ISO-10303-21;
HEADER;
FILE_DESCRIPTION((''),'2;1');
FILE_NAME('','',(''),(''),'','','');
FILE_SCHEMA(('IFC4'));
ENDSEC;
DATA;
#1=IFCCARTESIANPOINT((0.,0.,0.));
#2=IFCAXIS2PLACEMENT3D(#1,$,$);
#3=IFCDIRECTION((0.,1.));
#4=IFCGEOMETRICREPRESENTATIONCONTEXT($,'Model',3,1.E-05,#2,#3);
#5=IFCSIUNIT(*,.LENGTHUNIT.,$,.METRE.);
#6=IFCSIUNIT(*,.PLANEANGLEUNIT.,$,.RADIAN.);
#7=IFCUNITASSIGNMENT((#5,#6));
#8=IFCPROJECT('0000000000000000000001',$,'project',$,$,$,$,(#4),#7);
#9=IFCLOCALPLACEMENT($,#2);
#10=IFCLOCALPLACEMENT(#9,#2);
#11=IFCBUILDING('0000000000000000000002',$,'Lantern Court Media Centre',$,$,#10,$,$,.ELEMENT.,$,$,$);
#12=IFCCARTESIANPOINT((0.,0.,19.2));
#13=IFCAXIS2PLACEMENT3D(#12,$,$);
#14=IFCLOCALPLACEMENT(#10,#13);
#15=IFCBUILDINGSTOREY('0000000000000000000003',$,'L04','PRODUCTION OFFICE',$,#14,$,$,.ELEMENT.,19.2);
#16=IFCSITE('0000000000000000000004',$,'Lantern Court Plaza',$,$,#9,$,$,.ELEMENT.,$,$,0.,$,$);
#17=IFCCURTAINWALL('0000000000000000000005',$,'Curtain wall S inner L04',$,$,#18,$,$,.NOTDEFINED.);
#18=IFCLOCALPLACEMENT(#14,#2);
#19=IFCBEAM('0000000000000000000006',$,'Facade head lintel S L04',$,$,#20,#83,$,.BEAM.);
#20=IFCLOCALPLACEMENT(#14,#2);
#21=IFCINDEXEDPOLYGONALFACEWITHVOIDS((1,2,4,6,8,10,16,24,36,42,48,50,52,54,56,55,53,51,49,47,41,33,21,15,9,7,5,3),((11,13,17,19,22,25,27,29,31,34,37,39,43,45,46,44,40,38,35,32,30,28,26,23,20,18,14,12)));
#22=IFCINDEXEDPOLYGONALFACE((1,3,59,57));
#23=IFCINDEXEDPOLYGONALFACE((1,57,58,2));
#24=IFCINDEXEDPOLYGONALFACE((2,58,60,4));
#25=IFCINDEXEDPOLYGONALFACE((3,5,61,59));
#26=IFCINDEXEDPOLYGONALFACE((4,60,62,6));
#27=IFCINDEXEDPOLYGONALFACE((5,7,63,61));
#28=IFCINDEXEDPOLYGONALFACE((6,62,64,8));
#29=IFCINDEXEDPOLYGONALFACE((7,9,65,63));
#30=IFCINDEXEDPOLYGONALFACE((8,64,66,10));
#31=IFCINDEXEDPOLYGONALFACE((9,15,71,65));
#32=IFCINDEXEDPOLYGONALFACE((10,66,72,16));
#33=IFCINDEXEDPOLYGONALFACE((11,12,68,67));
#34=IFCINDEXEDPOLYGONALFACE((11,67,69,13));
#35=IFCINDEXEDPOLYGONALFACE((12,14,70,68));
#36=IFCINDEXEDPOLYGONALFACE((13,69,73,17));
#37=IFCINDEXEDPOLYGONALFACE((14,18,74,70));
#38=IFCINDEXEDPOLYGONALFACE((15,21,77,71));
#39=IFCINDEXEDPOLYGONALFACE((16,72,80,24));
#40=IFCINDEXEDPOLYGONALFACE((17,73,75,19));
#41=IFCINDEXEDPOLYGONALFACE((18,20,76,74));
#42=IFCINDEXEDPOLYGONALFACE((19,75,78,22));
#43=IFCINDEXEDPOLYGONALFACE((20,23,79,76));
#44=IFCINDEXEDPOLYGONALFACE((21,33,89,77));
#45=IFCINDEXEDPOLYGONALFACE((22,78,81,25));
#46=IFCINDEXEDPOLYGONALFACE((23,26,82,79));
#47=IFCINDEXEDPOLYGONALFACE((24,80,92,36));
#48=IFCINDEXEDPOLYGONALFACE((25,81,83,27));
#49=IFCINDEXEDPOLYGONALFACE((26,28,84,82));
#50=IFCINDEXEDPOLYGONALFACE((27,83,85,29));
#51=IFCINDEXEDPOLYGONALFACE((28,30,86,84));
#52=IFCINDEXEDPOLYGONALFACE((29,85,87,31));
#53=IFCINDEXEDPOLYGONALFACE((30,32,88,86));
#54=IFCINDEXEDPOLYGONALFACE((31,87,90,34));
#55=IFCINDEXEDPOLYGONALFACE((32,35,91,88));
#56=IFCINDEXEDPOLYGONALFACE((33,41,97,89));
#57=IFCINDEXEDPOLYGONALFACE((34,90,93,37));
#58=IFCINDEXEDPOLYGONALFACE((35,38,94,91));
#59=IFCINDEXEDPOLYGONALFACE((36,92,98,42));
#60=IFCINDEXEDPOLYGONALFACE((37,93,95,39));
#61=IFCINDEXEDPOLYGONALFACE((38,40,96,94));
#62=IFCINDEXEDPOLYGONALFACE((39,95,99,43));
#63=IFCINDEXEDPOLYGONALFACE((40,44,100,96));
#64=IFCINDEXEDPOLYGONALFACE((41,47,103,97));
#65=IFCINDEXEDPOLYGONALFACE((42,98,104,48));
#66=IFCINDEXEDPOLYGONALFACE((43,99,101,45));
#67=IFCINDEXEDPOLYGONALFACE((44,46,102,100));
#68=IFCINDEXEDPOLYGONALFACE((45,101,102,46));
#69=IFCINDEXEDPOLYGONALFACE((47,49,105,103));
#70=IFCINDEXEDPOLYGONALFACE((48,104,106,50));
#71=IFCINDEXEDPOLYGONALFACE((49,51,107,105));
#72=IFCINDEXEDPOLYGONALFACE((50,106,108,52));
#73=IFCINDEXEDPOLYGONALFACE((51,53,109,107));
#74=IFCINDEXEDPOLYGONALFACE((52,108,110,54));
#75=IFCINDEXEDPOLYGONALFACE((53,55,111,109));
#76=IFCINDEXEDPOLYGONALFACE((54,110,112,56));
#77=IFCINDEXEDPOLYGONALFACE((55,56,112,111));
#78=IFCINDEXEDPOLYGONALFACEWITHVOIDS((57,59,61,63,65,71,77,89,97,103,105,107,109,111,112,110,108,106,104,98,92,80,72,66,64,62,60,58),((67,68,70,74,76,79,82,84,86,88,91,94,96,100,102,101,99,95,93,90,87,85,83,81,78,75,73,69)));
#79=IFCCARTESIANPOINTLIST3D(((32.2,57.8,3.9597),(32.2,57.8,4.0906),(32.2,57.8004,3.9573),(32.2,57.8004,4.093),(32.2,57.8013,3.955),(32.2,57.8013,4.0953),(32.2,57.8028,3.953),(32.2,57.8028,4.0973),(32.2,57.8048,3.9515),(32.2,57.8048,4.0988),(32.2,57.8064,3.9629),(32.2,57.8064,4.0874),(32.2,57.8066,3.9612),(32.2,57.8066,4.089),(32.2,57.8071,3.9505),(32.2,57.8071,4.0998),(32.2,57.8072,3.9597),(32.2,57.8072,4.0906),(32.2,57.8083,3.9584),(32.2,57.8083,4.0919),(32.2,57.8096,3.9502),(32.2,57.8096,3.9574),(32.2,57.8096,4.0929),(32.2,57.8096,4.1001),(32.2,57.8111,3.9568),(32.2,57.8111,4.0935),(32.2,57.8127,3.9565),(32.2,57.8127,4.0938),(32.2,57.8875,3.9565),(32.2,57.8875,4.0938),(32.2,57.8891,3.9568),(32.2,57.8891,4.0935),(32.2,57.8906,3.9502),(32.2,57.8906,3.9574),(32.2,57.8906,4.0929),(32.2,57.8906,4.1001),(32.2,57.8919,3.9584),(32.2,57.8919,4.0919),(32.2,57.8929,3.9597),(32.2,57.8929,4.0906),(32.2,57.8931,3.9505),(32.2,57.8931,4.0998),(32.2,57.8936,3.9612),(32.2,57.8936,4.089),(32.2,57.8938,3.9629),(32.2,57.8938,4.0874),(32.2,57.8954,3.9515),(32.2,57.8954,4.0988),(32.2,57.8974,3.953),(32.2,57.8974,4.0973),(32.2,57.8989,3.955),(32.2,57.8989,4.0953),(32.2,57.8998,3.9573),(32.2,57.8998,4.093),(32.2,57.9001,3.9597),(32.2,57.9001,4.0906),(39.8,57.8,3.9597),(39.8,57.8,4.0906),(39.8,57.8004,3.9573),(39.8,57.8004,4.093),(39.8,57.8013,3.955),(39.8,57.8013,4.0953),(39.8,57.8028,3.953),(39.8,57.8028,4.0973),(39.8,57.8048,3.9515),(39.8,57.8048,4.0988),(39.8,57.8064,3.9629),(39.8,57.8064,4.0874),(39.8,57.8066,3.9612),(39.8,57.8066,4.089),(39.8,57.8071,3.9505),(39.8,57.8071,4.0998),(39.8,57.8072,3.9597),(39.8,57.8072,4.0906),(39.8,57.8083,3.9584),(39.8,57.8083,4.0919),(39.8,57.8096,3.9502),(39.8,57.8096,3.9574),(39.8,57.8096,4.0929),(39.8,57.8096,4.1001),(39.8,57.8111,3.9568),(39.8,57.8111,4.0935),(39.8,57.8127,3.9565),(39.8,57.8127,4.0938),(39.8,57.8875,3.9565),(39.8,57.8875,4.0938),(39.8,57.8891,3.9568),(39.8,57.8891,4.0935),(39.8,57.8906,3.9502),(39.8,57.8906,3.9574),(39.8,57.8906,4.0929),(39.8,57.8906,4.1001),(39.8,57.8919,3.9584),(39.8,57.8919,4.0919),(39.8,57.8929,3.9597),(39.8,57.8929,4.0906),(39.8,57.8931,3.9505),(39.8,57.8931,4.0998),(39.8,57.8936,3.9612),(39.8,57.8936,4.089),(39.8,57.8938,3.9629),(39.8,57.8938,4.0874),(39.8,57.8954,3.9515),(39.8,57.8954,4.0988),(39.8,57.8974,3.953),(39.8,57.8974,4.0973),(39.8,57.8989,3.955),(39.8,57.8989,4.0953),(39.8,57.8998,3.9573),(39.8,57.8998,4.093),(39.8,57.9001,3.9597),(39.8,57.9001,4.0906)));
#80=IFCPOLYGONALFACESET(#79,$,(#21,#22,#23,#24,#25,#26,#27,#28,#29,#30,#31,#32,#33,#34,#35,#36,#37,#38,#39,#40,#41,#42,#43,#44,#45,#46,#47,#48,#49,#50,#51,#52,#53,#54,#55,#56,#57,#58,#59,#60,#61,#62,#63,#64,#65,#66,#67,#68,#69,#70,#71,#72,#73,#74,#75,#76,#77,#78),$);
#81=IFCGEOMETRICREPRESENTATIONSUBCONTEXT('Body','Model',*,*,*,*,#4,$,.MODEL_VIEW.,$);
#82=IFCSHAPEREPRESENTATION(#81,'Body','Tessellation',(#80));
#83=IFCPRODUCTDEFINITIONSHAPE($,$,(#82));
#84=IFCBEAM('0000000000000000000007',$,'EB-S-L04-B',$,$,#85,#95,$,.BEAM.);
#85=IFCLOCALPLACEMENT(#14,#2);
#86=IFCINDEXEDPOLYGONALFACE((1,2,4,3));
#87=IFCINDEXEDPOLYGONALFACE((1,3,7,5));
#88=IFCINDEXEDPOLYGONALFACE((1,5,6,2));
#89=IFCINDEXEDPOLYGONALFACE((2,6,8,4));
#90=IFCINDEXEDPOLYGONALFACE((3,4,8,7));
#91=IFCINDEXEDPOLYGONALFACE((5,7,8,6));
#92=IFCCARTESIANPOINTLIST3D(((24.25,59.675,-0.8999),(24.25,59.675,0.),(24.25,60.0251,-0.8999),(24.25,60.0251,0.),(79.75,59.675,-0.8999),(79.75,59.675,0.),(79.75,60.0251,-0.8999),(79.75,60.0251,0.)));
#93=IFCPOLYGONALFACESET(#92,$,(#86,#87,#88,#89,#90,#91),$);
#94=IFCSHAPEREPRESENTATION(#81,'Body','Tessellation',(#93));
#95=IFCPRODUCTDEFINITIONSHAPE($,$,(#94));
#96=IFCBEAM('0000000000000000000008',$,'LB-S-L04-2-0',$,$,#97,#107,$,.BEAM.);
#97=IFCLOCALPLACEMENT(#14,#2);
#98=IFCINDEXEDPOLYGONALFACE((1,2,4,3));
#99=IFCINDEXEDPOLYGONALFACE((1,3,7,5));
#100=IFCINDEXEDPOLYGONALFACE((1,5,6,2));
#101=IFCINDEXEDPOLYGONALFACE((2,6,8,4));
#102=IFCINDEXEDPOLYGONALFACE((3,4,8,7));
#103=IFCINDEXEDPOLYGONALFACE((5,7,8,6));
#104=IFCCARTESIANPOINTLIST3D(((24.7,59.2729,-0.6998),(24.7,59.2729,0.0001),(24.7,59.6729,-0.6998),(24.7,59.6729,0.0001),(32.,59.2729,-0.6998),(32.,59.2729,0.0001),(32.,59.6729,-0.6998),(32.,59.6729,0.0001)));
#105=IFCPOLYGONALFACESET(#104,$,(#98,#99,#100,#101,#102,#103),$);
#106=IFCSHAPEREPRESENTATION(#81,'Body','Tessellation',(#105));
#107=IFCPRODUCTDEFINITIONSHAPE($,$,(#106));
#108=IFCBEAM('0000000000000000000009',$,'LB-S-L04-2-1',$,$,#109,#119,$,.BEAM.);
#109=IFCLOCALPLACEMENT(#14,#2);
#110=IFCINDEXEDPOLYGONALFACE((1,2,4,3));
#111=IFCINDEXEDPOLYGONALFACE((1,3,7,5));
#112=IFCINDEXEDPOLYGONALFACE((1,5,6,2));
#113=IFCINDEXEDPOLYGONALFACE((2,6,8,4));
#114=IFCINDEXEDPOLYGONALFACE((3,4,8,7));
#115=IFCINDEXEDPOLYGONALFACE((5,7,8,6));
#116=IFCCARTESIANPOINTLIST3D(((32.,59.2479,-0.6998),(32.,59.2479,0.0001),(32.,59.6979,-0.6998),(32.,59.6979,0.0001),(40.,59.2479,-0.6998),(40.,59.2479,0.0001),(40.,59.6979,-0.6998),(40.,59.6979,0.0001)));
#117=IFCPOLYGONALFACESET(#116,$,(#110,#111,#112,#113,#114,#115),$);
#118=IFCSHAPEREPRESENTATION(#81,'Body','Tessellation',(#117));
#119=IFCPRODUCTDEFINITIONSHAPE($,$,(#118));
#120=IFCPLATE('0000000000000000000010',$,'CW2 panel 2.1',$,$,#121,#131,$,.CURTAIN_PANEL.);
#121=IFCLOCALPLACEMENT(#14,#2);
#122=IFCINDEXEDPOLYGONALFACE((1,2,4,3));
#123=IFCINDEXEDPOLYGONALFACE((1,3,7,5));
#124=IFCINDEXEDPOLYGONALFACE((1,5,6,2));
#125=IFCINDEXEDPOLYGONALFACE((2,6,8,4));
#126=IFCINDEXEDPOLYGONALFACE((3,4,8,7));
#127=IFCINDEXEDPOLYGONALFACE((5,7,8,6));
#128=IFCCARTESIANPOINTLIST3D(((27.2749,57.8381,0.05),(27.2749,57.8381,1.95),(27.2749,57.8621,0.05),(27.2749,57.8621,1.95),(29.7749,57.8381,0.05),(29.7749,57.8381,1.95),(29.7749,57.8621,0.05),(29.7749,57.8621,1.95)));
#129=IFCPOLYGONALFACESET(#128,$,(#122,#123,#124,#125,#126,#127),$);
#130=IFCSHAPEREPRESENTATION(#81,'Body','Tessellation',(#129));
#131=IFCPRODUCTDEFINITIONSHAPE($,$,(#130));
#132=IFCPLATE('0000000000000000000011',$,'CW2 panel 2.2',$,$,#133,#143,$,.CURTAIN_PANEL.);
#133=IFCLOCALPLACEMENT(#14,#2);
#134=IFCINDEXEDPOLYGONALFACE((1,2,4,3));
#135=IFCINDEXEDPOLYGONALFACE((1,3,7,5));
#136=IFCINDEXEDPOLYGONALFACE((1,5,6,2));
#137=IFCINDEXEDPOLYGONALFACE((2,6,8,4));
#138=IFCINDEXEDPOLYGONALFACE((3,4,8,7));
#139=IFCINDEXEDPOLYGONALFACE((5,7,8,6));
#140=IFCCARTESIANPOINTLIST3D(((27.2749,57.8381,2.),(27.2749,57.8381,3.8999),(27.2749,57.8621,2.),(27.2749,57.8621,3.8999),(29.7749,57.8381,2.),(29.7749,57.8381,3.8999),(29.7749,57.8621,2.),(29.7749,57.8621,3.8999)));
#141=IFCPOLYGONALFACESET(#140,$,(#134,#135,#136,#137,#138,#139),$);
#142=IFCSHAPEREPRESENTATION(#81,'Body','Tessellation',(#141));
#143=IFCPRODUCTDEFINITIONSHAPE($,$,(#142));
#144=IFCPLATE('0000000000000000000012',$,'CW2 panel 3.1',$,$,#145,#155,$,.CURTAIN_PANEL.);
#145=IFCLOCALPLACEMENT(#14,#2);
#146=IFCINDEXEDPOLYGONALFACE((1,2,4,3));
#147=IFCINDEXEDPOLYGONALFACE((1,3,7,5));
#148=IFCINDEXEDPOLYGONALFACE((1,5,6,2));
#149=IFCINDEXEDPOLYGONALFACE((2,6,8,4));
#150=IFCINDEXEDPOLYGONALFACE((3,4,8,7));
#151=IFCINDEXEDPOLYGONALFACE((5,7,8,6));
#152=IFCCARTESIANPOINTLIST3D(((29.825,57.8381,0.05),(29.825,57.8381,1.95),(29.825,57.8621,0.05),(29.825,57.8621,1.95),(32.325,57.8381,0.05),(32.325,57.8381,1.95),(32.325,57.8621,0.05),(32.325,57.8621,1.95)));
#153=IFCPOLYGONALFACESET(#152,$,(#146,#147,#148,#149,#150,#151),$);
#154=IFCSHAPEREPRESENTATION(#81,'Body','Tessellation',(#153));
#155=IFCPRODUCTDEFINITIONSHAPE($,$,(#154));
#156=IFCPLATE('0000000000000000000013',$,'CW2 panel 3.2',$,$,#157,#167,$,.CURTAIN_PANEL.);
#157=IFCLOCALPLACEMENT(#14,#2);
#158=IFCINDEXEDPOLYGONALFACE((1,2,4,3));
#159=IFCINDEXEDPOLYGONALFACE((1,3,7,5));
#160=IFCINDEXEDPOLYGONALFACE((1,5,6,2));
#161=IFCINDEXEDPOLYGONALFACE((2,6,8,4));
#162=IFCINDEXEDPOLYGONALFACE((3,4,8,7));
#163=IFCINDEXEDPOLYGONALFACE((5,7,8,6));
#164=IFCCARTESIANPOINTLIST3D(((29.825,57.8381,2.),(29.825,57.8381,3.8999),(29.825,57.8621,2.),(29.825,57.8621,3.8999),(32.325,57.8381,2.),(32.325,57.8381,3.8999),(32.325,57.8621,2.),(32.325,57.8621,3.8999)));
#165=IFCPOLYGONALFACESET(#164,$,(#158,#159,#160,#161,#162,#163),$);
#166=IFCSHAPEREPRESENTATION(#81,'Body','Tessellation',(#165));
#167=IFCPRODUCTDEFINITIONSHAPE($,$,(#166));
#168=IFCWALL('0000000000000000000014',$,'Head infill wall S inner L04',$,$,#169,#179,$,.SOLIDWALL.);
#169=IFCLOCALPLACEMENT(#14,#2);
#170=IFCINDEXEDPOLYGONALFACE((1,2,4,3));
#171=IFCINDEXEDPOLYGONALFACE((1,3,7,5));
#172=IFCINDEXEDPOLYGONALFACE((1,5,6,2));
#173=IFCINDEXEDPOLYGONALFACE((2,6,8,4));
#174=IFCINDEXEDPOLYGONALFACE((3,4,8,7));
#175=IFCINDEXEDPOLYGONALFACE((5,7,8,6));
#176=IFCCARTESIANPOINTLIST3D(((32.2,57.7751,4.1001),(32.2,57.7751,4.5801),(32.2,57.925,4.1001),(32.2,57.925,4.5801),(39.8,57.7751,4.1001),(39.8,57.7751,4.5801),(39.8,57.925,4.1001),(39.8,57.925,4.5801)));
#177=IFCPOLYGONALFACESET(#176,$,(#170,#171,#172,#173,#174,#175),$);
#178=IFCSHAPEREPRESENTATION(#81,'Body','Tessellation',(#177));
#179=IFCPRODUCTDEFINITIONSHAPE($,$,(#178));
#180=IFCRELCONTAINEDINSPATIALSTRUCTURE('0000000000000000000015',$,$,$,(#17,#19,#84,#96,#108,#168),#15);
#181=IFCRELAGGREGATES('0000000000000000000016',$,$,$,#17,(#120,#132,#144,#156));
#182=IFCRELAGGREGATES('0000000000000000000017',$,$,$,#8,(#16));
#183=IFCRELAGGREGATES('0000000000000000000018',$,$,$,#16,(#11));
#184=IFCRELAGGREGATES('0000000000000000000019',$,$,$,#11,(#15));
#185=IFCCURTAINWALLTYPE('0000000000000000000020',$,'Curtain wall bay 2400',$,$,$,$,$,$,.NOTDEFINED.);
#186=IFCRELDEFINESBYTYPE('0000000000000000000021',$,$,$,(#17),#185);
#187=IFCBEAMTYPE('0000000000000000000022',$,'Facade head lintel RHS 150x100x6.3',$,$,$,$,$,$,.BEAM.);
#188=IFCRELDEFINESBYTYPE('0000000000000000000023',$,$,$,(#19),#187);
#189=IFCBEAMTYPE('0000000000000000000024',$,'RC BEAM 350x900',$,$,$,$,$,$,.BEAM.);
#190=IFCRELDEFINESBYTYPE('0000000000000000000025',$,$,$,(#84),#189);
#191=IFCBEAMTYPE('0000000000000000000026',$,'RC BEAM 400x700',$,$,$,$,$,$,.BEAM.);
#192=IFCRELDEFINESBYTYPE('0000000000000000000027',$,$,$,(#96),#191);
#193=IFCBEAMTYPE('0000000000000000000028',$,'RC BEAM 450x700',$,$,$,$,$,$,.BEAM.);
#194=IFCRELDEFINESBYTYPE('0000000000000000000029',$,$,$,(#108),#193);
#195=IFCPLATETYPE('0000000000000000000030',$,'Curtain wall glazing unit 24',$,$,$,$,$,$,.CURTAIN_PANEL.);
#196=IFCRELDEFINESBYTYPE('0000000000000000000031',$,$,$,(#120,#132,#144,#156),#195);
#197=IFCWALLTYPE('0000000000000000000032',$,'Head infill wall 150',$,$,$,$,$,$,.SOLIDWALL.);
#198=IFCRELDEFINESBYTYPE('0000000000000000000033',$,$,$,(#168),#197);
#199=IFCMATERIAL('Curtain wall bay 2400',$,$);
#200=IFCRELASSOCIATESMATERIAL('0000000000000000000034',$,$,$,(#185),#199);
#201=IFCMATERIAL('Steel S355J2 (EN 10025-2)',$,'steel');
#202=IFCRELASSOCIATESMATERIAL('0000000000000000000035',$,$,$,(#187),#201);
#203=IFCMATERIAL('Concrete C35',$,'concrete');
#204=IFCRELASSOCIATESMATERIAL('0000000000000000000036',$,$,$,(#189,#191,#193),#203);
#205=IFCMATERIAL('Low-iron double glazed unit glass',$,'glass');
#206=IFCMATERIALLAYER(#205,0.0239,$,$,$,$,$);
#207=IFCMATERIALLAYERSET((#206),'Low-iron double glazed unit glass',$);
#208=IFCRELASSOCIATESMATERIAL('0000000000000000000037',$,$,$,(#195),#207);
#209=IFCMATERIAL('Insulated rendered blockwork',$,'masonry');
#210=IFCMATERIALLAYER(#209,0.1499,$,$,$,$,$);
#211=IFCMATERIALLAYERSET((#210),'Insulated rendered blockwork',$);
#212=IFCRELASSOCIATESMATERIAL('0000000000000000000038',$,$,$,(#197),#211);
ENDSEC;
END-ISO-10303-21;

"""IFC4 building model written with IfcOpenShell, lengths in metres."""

from ifc_helpers import new_model, si_unit, direction, frame, frame_2d, origin, origin_2d, place, context, subcontext, project, spatial, rectangle, hollow_rectangle, extrude, material, layer, layer_set, material_profile, profile_set, type_object, element, aggregate, save


model = new_model("IFC4")

# Units and contexts
model_context = context("Model", 3, precision=1e-05, world=origin(), true_north=direction((0.0, 1.0)))
body_context = subcontext(model_context, "Body", "Model", "MODEL_VIEW")
ifc_project = project(units=[si_unit("LENGTHUNIT", "METRE"), si_unit("PLANEANGLEUNIT", "RADIAN")], contexts=[model_context])

# Site, building, storey
site_placement = place(None, origin())
site = spatial("IfcSite", under=ifc_project, at=site_placement, Name="Lantern Court Plaza", CompositionType="ELEMENT", RefElevation=0.0)
building_placement = place(site_placement, origin())
building = spatial("IfcBuilding", under=site, at=building_placement, Name="Lantern Court Media Centre", CompositionType="ELEMENT")
storey_placement = place(building_placement, frame((0.0, 0.0, 19.2)))
storey = spatial("IfcBuildingStorey", under=building, at=storey_placement, Name="L04", Description="PRODUCTION OFFICE", CompositionType="ELEMENT", Elevation=19.2)

# Shared definitions
ifc_material_1 = material(Name="Concrete C35", Category="concrete")

# Curtain wall
ifc_material_2 = material(Name="Curtain wall bay 2400")
curtain_wall_type = type_object("IfcCurtainWallType", Name="Curtain wall bay 2400", PredefinedType="NOTDEFINED", material=ifc_material_2)
curtain_wall_placement = place(storey_placement, origin())
curtain_wall = element("IfcCurtainWall", 1, at=curtain_wall_placement, inside=storey, type_object=curtain_wall_type, Name="Curtain wall S inner L04", PredefinedType="NOTDEFINED")

# Beams
ifc_material_3 = material(Name="Steel S355J2 (EN 10025-2)", Category="steel")
ifc_material_profile_1 = material_profile(ifc_material_3, hollow_rectangle(XDim=0.1001, YDim=0.1499, WallThickness=0.0063, InnerFilletRadius=0.0063, OuterFilletRadius=0.0095, at=origin_2d()), Name="Facade head lintel RHS 150x100x6.3")
ifc_profile_set_1 = profile_set([ifc_material_profile_1], Name="Steel S355J2 (EN 10025-2)")
beam_type_1 = type_object("IfcBeamType", Name="Facade head lintel RHS 150x100x6.3", PredefinedType="BEAM", material=ifc_profile_set_1)
beam_1_placement = place(storey_placement, frame((32.2, 57.8501, 4.0251), z_axis=(1.0, 0.0, 0.0), x_axis=(0.0, 1.0, 0.0)))
element("IfcBeam", 2, at=beam_1_placement, inside=storey, type_object=beam_type_1, Name="Facade head lintel S L04", PredefinedType="BEAM", context=body_context, shape_type="SweptSolid", body=[
    extrude(hollow_rectangle(XDim=0.1001, YDim=0.1499, WallThickness=0.0063, InnerFilletRadius=0.0063, OuterFilletRadius=0.0095, at=origin_2d()), origin(), (0.0, 0.0, 1.0), 7.6001),
])
ifc_material_profile_2 = material_profile(ifc_material_1, rectangle(XDim=0.3501, YDim=0.8999, at=origin_2d()), Name="RC 350x900")
ifc_profile_set_2 = profile_set([ifc_material_profile_2], Name="Concrete C35")
beam_type_2 = type_object("IfcBeamType", Name="RC BEAM 350x900", PredefinedType="BEAM", material=ifc_profile_set_2)
beam_2_placement = place(storey_placement, frame((24.25, 59.8501, -0.45), z_axis=(1.0, 0.0, 0.0), x_axis=(0.0, 1.0, 0.0)))
element("IfcBeam", 3, at=beam_2_placement, inside=storey, type_object=beam_type_2, Name="EB-S-L04-B", PredefinedType="BEAM", context=body_context, shape_type="SweptSolid", body=[
    extrude(rectangle(XDim=0.3501, YDim=0.8999, at=origin_2d()), origin(), (0.0, 0.0, 1.0), 55.5),
])
ifc_material_profile_3 = material_profile(ifc_material_1, rectangle(XDim=0.3999, YDim=0.7, at=origin_2d()), Name="RC 400x700")
ifc_profile_set_3 = profile_set([ifc_material_profile_3], Name="Concrete C35")
beam_type_3 = type_object("IfcBeamType", Name="RC BEAM 400x700", PredefinedType="BEAM", material=ifc_profile_set_3)
beam_3_placement = place(storey_placement, frame((24.7, 59.4729, -0.3499), z_axis=(1.0, 0.0, 0.0), x_axis=(0.0, 1.0, 0.0)))
element("IfcBeam", 4, at=beam_3_placement, inside=storey, type_object=beam_type_3, Name="LB-S-L04-2-0", PredefinedType="BEAM", context=body_context, shape_type="SweptSolid", body=[
    extrude(rectangle(XDim=0.3999, YDim=0.7, at=origin_2d()), origin(), (0.0, 0.0, 1.0), 7.3),
])
ifc_material_profile_4 = material_profile(ifc_material_1, rectangle(XDim=0.45, YDim=0.7, at=origin_2d()), Name="RC 450x700")
ifc_profile_set_4 = profile_set([ifc_material_profile_4], Name="Concrete C35")
beam_type_4 = type_object("IfcBeamType", Name="RC BEAM 450x700", PredefinedType="BEAM", material=ifc_profile_set_4)
beam_4_placement = place(storey_placement, frame((32.0, 59.4729, -0.3499), z_axis=(1.0, 0.0, 0.0), x_axis=(0.0, 1.0, 0.0)))
element("IfcBeam", 5, at=beam_4_placement, inside=storey, type_object=beam_type_4, Name="LB-S-L04-2-1", PredefinedType="BEAM", context=body_context, shape_type="SweptSolid", body=[
    extrude(rectangle(XDim=0.45, YDim=0.7, at=origin_2d()), origin(), (0.0, 0.0, 1.0), 8.0),
])

# Plates
ifc_material_4 = material(Name="Low-iron double glazed unit glass", Category="glass")
ifc_layer_1 = layer(ifc_material_4, 0.0239)
ifc_layer_set_1 = layer_set([ifc_layer_1], Name="Low-iron double glazed unit glass")
plate_type = type_object("IfcPlateType", Name="Curtain wall glazing unit 24", PredefinedType="CURTAIN_PANEL", material=ifc_layer_set_1)
plate_1_placement = place(storey_placement, frame((28.5249, 57.8501, 0.05), z_axis=(0.0, 0.0, 1.0), x_axis=(1.0, 0.0, 0.0)))
plate_1 = element("IfcPlate", 6, at=plate_1_placement, type_object=plate_type, Name="CW2 panel 2.1", PredefinedType="CURTAIN_PANEL", context=body_context, shape_type="SweptSolid", body=[
    extrude(rectangle(XDim=2.5, YDim=0.0239, at=origin_2d()), origin(), (0.0, 0.0, 1.0), 1.8999),
])
plate_2_placement = place(storey_placement, frame((28.5249, 57.8501, 2.0), z_axis=(0.0, 0.0, 1.0), x_axis=(1.0, 0.0, 0.0)))
plate_2 = element("IfcPlate", 7, at=plate_2_placement, type_object=plate_type, Name="CW2 panel 2.2", PredefinedType="CURTAIN_PANEL", context=body_context, shape_type="SweptSolid", body=[
    extrude(rectangle(XDim=2.5, YDim=0.0239, at=origin_2d()), origin(), (0.0, 0.0, 1.0), 1.8999),
])
plate_3_placement = place(storey_placement, frame((31.075, 57.8501, 0.05), z_axis=(0.0, 0.0, 1.0), x_axis=(1.0, 0.0, 0.0)))
plate_3 = element("IfcPlate", 8, at=plate_3_placement, type_object=plate_type, Name="CW2 panel 3.1", PredefinedType="CURTAIN_PANEL", context=body_context, shape_type="SweptSolid", body=[
    extrude(rectangle(XDim=2.5, YDim=0.0239, at=origin_2d()), origin(), (0.0, 0.0, 1.0), 1.8999),
])
plate_4_placement = place(storey_placement, frame((31.075, 57.8501, 2.0), z_axis=(0.0, 0.0, 1.0), x_axis=(1.0, 0.0, 0.0)))
plate_4 = element("IfcPlate", 9, at=plate_4_placement, type_object=plate_type, Name="CW2 panel 3.2", PredefinedType="CURTAIN_PANEL", context=body_context, shape_type="SweptSolid", body=[
    extrude(rectangle(XDim=2.5, YDim=0.0239, at=origin_2d()), origin(), (0.0, 0.0, 1.0), 1.8999),
])
aggregate(curtain_wall, [plate_1, plate_2, plate_3, plate_4])

# Wall
ifc_material_5 = material(Name="Insulated rendered blockwork", Category="masonry")
ifc_layer_2 = layer(ifc_material_5, 0.1499)
ifc_layer_set_2 = layer_set([ifc_layer_2], Name="Insulated rendered blockwork")
wall_type = type_object("IfcWallType", Name="Head infill wall 150", PredefinedType="SOLIDWALL", material=ifc_layer_set_2)
wall_placement = place(storey_placement, frame((32.2, 57.8501, 4.1001), z_axis=(0.0, 0.0, 1.0), x_axis=(1.0, 0.0, 0.0)))
element("IfcWall", 10, at=wall_placement, inside=storey, type_object=wall_type, Name="Head infill wall S inner L04", PredefinedType="SOLIDWALL", context=body_context, shape_type="SweptSolid", body=[
    extrude(rectangle(XDim=7.6001, YDim=0.1499, at=frame_2d((3.8, 0.0))), origin(), (0.0, 0.0, 1.0), 0.48),
])

save(model, "model.ifc")
